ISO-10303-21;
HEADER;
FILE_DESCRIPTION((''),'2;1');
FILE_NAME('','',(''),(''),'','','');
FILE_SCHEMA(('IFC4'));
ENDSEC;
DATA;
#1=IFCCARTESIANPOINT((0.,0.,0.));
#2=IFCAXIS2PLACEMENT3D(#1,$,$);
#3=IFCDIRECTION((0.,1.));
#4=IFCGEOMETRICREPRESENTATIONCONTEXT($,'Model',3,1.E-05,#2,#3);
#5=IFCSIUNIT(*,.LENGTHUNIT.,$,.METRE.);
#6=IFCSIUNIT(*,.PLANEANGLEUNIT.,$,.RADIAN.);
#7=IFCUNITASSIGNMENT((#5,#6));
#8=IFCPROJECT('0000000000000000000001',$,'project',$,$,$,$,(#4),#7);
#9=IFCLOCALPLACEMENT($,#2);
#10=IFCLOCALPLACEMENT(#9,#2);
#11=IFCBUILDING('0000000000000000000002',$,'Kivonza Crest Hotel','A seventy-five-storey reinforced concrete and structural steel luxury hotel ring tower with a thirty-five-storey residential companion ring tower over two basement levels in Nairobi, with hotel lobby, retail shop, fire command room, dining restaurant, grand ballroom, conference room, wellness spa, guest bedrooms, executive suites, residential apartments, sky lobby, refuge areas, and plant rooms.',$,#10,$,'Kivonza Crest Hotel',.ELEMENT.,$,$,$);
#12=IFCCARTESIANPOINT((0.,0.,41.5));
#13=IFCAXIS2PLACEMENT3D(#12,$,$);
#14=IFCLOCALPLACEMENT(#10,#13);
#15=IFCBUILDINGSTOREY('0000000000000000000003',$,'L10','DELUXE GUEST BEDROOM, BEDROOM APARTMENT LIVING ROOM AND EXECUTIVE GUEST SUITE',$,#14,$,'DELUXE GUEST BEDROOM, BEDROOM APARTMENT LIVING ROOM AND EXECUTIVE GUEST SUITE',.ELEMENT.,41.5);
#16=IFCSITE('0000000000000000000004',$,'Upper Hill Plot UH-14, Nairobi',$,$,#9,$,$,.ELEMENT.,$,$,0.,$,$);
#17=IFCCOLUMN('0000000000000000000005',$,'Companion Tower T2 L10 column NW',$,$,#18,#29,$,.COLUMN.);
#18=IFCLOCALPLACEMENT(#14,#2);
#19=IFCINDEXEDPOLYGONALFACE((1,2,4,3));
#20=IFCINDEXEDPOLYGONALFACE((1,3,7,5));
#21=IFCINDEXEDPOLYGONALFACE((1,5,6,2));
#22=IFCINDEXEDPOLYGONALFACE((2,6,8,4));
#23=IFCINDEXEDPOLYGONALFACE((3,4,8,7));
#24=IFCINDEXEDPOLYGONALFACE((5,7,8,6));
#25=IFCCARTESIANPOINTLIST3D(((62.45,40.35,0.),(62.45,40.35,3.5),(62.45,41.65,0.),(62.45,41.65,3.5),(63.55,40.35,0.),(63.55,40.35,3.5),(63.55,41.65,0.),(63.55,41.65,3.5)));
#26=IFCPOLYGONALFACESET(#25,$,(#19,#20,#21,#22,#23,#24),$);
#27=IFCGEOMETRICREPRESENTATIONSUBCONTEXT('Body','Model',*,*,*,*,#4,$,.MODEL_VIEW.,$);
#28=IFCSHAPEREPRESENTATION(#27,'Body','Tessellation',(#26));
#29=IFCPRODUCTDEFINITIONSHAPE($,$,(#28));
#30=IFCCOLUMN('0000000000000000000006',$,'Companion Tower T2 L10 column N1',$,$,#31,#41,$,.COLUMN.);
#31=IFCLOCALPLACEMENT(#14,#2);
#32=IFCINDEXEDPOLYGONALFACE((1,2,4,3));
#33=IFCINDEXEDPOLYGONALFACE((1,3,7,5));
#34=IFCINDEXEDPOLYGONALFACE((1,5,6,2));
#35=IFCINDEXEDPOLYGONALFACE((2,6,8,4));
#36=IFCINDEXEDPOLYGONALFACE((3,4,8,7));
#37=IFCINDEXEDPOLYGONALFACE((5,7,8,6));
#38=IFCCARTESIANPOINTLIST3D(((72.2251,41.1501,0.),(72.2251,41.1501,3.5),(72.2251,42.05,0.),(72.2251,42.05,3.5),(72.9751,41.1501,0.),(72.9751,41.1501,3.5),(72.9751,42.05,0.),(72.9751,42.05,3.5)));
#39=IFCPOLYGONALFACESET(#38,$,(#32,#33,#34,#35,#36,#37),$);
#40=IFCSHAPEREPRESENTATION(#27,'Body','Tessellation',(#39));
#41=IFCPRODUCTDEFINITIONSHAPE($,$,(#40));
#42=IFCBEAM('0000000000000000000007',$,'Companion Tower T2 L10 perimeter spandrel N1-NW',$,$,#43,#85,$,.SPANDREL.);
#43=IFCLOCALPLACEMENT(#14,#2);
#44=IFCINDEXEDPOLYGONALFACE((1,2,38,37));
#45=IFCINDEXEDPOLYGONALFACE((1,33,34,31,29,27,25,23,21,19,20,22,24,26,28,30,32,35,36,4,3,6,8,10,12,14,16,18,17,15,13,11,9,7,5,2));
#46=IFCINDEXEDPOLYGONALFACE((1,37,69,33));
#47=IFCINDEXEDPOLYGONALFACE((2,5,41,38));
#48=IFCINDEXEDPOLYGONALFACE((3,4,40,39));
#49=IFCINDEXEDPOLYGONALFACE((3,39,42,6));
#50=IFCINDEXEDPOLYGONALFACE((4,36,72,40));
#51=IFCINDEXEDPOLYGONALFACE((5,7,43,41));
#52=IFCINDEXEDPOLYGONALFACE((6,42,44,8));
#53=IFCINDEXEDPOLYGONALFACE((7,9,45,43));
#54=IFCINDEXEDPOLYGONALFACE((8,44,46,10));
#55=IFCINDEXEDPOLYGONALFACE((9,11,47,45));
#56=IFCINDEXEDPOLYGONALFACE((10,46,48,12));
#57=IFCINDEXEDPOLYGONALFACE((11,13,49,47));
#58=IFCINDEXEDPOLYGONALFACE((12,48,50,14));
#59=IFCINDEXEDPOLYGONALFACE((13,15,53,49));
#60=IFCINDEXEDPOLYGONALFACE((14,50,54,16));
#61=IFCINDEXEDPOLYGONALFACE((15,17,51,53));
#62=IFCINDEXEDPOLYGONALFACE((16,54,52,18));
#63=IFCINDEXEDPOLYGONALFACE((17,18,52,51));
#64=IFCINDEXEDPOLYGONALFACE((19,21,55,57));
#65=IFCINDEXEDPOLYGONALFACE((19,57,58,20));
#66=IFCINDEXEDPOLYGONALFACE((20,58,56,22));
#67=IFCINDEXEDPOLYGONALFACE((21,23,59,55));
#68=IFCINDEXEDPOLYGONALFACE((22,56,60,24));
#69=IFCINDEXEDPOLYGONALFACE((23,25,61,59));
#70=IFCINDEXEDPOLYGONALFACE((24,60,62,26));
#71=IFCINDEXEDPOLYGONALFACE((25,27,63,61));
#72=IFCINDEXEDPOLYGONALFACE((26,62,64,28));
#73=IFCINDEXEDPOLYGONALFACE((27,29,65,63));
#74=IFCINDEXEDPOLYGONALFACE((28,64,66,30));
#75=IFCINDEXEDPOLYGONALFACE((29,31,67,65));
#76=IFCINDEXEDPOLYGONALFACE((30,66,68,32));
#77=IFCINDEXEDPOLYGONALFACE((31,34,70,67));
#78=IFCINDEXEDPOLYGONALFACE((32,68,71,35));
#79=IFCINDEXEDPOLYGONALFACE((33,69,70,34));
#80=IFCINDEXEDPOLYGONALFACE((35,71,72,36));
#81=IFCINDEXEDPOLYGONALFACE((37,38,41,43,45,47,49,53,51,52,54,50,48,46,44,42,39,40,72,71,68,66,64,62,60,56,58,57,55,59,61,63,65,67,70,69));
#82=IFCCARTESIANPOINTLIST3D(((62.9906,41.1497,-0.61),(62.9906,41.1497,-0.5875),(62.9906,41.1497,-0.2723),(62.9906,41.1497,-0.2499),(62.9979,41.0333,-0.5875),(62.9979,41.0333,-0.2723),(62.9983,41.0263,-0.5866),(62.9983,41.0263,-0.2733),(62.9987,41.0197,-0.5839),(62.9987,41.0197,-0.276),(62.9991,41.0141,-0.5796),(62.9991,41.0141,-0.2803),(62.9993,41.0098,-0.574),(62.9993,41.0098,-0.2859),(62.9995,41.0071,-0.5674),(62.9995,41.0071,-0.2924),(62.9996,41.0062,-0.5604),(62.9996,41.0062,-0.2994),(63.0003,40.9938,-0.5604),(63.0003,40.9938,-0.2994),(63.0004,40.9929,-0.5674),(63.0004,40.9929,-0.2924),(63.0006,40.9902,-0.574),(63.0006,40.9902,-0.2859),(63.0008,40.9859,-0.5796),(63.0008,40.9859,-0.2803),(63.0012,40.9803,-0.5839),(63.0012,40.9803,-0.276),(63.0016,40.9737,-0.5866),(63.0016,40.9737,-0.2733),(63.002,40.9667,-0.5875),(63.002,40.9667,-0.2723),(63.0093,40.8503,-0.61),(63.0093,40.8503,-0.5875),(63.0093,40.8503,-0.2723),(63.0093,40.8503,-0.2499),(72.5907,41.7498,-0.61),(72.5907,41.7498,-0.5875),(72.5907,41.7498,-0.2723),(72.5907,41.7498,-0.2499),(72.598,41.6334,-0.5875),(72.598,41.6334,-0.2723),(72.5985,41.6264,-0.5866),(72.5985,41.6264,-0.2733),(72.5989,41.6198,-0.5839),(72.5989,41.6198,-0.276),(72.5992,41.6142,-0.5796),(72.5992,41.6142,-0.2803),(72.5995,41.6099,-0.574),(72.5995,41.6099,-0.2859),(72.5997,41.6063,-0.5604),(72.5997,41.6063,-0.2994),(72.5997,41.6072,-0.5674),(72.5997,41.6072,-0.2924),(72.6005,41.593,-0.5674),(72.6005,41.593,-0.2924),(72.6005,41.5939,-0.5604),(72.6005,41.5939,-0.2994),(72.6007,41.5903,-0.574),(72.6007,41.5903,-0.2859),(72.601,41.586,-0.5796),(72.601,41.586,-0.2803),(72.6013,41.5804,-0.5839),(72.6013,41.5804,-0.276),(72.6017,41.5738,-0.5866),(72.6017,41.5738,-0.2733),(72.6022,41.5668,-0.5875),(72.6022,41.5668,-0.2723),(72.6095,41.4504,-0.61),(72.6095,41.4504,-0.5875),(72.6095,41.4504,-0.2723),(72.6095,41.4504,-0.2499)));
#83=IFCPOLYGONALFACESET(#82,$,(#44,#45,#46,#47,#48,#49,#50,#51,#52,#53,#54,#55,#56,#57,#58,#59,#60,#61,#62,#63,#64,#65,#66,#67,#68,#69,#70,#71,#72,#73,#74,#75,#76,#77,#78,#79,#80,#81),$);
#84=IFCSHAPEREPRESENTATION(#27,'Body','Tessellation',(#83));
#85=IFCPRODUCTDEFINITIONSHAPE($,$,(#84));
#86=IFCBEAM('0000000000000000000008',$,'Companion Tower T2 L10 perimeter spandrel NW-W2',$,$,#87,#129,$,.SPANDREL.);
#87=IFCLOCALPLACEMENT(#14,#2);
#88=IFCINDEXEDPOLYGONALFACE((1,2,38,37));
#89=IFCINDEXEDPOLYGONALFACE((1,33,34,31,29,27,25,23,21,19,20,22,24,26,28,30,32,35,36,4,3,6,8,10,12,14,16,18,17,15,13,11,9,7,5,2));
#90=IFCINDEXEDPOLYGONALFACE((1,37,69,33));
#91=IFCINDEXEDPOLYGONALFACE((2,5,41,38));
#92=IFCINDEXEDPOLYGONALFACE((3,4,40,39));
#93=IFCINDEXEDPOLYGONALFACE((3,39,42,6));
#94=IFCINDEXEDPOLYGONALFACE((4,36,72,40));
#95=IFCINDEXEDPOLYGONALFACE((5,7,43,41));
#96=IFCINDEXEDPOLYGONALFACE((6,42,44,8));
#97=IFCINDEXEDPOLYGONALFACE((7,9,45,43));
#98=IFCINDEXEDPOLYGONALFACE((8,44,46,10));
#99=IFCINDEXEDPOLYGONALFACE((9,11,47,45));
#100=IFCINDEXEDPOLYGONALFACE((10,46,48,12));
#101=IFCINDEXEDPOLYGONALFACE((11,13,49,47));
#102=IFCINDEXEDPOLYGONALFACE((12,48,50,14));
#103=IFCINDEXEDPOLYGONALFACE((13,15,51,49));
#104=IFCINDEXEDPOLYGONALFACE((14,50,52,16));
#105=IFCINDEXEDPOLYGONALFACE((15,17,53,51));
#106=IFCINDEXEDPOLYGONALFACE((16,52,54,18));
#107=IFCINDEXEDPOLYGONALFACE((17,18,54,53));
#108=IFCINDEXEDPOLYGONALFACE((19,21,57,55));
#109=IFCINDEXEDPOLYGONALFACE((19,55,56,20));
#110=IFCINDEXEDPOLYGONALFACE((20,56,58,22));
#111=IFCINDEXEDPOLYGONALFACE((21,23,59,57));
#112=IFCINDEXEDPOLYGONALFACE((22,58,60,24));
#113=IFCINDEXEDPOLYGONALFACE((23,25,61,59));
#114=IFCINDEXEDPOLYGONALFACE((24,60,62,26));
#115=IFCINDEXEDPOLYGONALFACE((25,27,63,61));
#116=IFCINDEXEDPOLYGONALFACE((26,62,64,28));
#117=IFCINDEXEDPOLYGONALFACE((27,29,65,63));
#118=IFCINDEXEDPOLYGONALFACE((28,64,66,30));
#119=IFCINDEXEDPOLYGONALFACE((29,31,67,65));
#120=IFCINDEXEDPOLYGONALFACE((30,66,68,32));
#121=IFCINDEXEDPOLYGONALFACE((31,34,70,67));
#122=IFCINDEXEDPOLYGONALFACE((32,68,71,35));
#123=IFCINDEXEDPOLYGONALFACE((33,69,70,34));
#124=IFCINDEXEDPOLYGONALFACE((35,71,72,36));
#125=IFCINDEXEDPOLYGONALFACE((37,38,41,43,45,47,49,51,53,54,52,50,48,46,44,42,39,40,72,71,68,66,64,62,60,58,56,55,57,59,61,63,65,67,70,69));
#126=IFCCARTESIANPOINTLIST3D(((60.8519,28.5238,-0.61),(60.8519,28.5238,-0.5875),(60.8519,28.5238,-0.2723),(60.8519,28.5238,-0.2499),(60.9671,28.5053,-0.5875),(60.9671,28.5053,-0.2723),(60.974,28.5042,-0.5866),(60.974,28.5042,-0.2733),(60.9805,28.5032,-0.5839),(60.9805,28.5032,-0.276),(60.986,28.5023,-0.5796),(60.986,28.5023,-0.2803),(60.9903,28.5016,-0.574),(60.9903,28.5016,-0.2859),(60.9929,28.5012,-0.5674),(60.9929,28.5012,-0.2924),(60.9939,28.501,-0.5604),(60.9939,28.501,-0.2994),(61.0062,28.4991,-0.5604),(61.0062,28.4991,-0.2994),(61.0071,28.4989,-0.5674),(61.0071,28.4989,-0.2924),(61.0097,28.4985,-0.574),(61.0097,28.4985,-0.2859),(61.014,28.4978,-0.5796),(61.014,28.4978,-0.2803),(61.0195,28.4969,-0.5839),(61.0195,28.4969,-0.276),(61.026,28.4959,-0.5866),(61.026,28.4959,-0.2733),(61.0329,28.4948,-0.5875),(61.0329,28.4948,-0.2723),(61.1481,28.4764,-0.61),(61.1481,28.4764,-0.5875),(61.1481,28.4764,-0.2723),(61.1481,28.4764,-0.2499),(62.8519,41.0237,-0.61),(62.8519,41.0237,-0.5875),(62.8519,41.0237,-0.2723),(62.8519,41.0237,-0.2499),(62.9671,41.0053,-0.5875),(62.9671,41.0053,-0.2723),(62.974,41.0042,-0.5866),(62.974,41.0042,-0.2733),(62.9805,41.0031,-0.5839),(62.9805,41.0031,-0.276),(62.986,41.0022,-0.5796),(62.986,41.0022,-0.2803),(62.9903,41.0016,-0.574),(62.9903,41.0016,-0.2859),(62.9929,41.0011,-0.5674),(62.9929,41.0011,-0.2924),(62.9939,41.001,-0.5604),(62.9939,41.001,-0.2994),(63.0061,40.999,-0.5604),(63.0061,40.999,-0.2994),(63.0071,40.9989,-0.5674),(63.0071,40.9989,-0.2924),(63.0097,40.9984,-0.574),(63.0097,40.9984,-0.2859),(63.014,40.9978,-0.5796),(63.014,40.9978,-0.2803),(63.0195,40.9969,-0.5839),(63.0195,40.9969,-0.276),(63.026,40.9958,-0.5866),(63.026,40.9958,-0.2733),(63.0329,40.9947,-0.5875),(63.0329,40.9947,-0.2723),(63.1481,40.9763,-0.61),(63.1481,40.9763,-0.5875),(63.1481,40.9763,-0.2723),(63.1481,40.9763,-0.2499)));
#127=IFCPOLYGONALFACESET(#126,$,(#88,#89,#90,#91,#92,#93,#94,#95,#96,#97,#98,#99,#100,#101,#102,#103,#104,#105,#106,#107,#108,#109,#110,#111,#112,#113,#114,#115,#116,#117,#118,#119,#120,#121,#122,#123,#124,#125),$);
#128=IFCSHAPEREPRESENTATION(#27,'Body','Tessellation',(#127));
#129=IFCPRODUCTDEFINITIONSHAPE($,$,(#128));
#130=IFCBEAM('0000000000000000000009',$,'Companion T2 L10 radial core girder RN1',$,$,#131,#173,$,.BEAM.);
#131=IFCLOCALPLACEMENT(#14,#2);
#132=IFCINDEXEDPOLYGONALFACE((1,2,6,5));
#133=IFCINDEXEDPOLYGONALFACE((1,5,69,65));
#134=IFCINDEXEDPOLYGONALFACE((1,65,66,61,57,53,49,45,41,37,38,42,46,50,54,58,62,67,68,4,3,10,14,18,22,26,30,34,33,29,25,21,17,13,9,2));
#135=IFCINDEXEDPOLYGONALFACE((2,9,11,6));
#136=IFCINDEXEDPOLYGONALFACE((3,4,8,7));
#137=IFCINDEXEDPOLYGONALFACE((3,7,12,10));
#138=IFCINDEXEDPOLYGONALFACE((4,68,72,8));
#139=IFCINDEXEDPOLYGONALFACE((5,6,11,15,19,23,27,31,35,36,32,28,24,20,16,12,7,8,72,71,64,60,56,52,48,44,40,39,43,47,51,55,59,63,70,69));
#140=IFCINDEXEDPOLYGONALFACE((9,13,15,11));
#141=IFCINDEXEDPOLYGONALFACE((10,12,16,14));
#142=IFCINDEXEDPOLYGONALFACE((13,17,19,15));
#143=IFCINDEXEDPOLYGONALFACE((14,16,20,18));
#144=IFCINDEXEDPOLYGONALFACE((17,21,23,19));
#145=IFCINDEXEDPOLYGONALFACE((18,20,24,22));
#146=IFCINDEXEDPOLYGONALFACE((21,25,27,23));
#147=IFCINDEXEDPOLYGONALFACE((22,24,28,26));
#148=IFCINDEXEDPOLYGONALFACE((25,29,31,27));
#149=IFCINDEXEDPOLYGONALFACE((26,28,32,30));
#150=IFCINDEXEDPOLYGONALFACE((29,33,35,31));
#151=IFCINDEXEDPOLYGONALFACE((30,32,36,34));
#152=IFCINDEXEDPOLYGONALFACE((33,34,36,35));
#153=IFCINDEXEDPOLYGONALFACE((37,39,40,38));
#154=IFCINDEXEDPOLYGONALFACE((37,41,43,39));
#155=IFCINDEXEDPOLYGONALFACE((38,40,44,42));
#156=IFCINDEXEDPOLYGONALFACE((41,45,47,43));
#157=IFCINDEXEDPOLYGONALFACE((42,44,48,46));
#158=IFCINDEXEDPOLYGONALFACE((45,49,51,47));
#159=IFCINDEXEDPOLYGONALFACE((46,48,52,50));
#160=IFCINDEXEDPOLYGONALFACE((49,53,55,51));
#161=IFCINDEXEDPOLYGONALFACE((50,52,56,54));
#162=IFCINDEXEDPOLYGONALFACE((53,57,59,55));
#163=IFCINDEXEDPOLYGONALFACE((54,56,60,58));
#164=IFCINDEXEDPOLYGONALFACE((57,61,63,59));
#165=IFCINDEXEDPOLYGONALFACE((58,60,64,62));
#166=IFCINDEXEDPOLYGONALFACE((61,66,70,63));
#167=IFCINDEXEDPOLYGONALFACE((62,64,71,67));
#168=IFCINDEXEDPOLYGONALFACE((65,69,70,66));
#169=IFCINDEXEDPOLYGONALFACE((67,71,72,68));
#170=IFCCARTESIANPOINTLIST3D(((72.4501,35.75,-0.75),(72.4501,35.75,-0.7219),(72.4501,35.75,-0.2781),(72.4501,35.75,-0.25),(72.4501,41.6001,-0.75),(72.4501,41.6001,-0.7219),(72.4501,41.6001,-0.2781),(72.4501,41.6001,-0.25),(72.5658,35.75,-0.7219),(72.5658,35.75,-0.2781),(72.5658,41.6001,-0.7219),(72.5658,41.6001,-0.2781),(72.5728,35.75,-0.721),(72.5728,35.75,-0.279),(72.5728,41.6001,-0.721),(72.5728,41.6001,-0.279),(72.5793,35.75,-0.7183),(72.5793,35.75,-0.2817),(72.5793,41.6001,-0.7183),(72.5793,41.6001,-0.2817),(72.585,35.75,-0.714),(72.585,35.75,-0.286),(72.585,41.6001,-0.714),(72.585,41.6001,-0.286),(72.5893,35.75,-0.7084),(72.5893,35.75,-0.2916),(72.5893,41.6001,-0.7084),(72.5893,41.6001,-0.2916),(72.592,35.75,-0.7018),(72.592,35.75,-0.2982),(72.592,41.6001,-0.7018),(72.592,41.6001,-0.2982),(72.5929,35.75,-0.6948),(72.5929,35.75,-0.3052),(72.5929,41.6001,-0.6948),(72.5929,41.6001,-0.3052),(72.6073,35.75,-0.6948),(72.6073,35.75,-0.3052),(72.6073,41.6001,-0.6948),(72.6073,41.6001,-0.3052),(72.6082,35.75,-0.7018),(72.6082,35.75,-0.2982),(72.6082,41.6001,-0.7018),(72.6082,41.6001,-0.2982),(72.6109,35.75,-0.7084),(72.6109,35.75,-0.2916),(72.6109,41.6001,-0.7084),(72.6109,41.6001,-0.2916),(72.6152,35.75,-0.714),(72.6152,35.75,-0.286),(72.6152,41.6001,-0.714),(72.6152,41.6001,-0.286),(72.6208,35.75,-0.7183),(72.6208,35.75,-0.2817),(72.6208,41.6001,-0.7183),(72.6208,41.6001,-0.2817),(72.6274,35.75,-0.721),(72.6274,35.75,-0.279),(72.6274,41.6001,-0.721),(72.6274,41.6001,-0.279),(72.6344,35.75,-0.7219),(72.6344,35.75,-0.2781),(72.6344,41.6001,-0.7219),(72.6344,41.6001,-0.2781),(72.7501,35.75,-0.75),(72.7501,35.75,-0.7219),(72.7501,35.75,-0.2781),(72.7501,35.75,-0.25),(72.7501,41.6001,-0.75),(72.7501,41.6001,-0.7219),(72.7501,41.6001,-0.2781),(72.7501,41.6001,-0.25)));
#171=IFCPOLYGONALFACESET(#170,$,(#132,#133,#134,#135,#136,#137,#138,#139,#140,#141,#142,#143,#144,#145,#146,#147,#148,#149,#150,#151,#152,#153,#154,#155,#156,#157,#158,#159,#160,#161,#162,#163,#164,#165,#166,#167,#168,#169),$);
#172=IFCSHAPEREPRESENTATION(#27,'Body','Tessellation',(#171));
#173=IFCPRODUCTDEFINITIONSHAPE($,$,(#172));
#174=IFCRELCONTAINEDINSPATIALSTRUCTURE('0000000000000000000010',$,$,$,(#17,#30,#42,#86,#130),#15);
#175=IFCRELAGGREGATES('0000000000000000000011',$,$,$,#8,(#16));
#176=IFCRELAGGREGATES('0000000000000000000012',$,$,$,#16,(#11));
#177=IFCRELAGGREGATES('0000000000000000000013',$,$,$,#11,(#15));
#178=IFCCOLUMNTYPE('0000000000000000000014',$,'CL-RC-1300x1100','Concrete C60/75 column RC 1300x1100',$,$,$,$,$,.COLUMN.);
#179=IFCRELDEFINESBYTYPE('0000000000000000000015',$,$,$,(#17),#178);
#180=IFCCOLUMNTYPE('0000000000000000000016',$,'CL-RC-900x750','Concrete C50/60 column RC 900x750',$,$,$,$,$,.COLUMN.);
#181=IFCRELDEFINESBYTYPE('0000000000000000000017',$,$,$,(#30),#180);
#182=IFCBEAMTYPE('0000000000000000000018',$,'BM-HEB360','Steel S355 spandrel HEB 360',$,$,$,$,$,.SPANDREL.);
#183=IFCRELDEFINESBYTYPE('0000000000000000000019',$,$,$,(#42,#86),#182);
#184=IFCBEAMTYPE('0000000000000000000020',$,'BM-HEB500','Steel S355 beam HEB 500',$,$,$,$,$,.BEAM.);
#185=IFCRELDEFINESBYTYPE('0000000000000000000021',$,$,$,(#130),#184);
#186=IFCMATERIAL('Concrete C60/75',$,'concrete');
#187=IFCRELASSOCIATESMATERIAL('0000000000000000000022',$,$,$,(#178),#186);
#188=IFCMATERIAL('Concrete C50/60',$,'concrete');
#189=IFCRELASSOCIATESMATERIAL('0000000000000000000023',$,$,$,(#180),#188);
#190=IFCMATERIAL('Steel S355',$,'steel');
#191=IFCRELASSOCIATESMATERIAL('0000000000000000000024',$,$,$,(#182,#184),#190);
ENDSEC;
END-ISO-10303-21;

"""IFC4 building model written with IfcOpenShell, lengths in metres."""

from ifc_helpers import new_model, si_unit, direction, frame, origin, origin_2d, place, context, subcontext, project, spatial, rectangle, i_section, extrude, material, material_profile, profile_set, type_object, element, save


model = new_model("IFC4")

# Units and contexts
model_context = context("Model", 3, precision=1e-05, world=origin(), true_north=direction((0.0, 1.0)))
body_context = subcontext(model_context, "Body", "Model", "MODEL_VIEW")
ifc_project = project(units=[si_unit("LENGTHUNIT", "METRE"), si_unit("PLANEANGLEUNIT", "RADIAN")], contexts=[model_context])

# Site, building, storey
site_placement = place(None, origin())
site = spatial("IfcSite", under=ifc_project, at=site_placement, Name="Upper Hill Plot UH-14, Nairobi", CompositionType="ELEMENT", RefElevation=0.0)
building_placement = place(site_placement, origin())
building = spatial("IfcBuilding", under=site, at=building_placement, Name="Kivonza Crest Hotel", Description="A seventy-five-storey reinforced concrete and structural steel luxury hotel ring tower with a thirty-five-storey residential companion ring tower over two basement levels in Nairobi, with hotel lobby, retail shop, fire command room, dining restaurant, grand ballroom, conference room, wellness spa, guest bedrooms, executive suites, residential apartments, sky lobby, refuge areas, and plant rooms.", LongName="Kivonza Crest Hotel", CompositionType="ELEMENT")
storey_placement = place(building_placement, frame((0.0, 0.0, 41.5)))
storey = spatial("IfcBuildingStorey", under=building, at=storey_placement, Name="L10", Description="DELUXE GUEST BEDROOM, BEDROOM APARTMENT LIVING ROOM AND EXECUTIVE GUEST SUITE", LongName="DELUXE GUEST BEDROOM, BEDROOM APARTMENT LIVING ROOM AND EXECUTIVE GUEST SUITE", CompositionType="ELEMENT", Elevation=41.5)

# Columns
ifc_material_1 = material(Name="Concrete C60/75", Category="concrete")
ifc_material_profile_1 = material_profile(ifc_material_1, rectangle(XDim=1.1001, YDim=1.3, at=origin_2d()), Name="RC 1300x1100")
ifc_profile_set_1 = profile_set([ifc_material_profile_1], Name="Concrete C60/75")
column_type_1 = type_object("IfcColumnType", Name="CL-RC-1300x1100", Description="Concrete C60/75 column RC 1300x1100", PredefinedType="COLUMN", material=ifc_profile_set_1)
column_1_placement = place(storey_placement, frame((63.0, 41.0, 0.0), z_axis=(0.0, 0.0, 1.0), x_axis=(1.0, 0.0, 0.0)))
element("IfcColumn", 1, at=column_1_placement, inside=storey, type_object=column_type_1, Name="Companion Tower T2 L10 column NW", PredefinedType="COLUMN", context=body_context, shape_type="SweptSolid", body=[
    extrude(rectangle(XDim=1.1001, YDim=1.3, at=origin_2d()), origin(), (0.0, 0.0, 1.0), 3.5),
])
ifc_material_2 = material(Name="Concrete C50/60", Category="concrete")
ifc_material_profile_2 = material_profile(ifc_material_2, rectangle(XDim=0.75, YDim=0.8999, at=origin_2d()), Name="RC 900x750")
ifc_profile_set_2 = profile_set([ifc_material_profile_2], Name="Concrete C50/60")
column_type_2 = type_object("IfcColumnType", Name="CL-RC-900x750", Description="Concrete C50/60 column RC 900x750", PredefinedType="COLUMN", material=ifc_profile_set_2)
column_2_placement = place(storey_placement, frame((72.6001, 41.6001, 0.0), z_axis=(0.0, 0.0, 1.0), x_axis=(1.0, 0.0, 0.0)))
element("IfcColumn", 2, at=column_2_placement, inside=storey, type_object=column_type_2, Name="Companion Tower T2 L10 column N1", PredefinedType="COLUMN", context=body_context, shape_type="SweptSolid", body=[
    extrude(rectangle(XDim=0.75, YDim=0.8999, at=origin_2d()), origin(), (0.0, 0.0, 1.0), 3.5),
])

# Beams
ifc_material_3 = material(Name="Steel S355", Category="steel")
ifc_material_profile_3 = material_profile(ifc_material_3, i_section(OverallWidth=0.3, OverallDepth=0.3601, WebThickness=0.0125, FlangeThickness=0.0225, FilletRadius=0.0271, at=origin_2d()), Name="HEB 360")
ifc_profile_set_3 = profile_set([ifc_material_profile_3], Name="Steel S355")
beam_type_1 = type_object("IfcBeamType", Name="BM-HEB360", Description="Steel S355 spandrel HEB 360", PredefinedType="SPANDREL", material=ifc_profile_set_3)
beam_1_placement = place(storey_placement, frame((72.6001, 41.6001, -0.4299), z_axis=(-0.998052, -0.062388, 0.0), x_axis=(0.062388, -0.998052, 0.0)))
element("IfcBeam", 3, at=beam_1_placement, inside=storey, type_object=beam_type_1, Name="Companion Tower T2 L10 perimeter spandrel N1-NW", PredefinedType="SPANDREL", context=body_context, shape_type="SweptSolid", body=[
    extrude(i_section(OverallWidth=0.3, OverallDepth=0.3601, WebThickness=0.0125, FlangeThickness=0.0225, FilletRadius=0.0271, at=origin_2d()), origin(), (0.0, 0.0, 1.0), 9.6189),
])
beam_2_placement = place(storey_placement, frame((63.0, 41.0, -0.4299), z_axis=(-0.157991, -0.987441, 0.0), x_axis=(0.987441, -0.157991, 0.0)))
element("IfcBeam", 4, at=beam_2_placement, inside=storey, type_object=beam_type_1, Name="Companion Tower T2 L10 perimeter spandrel NW-W2", PredefinedType="SPANDREL", context=body_context, shape_type="SweptSolid", body=[
    extrude(i_section(OverallWidth=0.3, OverallDepth=0.3601, WebThickness=0.0125, FlangeThickness=0.0225, FilletRadius=0.0271, at=origin_2d()), origin(), (0.0, 0.0, 1.0), 12.6589),
])
ifc_material_profile_4 = material_profile(ifc_material_3, i_section(OverallWidth=0.3, OverallDepth=0.5, WebThickness=0.0144, FlangeThickness=0.0281, FilletRadius=0.0271, at=origin_2d()), Name="HEB 500")
ifc_profile_set_4 = profile_set([ifc_material_profile_4], Name="Steel S355")
beam_type_2 = type_object("IfcBeamType", Name="BM-HEB500", Description="Steel S355 beam HEB 500", PredefinedType="BEAM", material=ifc_profile_set_4)
beam_3_placement = place(storey_placement, frame((72.6001, 41.6001, -0.5), z_axis=(0.0, -1.0, 0.0), x_axis=(1.0, 0.0, 0.0)))
element("IfcBeam", 5, at=beam_3_placement, inside=storey, type_object=beam_type_2, Name="Companion T2 L10 radial core girder RN1", PredefinedType="BEAM", context=body_context, shape_type="SweptSolid", body=[
    extrude(i_section(OverallWidth=0.3, OverallDepth=0.5, WebThickness=0.0144, FlangeThickness=0.0281, FilletRadius=0.0271, at=origin_2d()), origin(), (0.0, 0.0, 1.0), 5.8501),
])

save(model, "model.ifc")
